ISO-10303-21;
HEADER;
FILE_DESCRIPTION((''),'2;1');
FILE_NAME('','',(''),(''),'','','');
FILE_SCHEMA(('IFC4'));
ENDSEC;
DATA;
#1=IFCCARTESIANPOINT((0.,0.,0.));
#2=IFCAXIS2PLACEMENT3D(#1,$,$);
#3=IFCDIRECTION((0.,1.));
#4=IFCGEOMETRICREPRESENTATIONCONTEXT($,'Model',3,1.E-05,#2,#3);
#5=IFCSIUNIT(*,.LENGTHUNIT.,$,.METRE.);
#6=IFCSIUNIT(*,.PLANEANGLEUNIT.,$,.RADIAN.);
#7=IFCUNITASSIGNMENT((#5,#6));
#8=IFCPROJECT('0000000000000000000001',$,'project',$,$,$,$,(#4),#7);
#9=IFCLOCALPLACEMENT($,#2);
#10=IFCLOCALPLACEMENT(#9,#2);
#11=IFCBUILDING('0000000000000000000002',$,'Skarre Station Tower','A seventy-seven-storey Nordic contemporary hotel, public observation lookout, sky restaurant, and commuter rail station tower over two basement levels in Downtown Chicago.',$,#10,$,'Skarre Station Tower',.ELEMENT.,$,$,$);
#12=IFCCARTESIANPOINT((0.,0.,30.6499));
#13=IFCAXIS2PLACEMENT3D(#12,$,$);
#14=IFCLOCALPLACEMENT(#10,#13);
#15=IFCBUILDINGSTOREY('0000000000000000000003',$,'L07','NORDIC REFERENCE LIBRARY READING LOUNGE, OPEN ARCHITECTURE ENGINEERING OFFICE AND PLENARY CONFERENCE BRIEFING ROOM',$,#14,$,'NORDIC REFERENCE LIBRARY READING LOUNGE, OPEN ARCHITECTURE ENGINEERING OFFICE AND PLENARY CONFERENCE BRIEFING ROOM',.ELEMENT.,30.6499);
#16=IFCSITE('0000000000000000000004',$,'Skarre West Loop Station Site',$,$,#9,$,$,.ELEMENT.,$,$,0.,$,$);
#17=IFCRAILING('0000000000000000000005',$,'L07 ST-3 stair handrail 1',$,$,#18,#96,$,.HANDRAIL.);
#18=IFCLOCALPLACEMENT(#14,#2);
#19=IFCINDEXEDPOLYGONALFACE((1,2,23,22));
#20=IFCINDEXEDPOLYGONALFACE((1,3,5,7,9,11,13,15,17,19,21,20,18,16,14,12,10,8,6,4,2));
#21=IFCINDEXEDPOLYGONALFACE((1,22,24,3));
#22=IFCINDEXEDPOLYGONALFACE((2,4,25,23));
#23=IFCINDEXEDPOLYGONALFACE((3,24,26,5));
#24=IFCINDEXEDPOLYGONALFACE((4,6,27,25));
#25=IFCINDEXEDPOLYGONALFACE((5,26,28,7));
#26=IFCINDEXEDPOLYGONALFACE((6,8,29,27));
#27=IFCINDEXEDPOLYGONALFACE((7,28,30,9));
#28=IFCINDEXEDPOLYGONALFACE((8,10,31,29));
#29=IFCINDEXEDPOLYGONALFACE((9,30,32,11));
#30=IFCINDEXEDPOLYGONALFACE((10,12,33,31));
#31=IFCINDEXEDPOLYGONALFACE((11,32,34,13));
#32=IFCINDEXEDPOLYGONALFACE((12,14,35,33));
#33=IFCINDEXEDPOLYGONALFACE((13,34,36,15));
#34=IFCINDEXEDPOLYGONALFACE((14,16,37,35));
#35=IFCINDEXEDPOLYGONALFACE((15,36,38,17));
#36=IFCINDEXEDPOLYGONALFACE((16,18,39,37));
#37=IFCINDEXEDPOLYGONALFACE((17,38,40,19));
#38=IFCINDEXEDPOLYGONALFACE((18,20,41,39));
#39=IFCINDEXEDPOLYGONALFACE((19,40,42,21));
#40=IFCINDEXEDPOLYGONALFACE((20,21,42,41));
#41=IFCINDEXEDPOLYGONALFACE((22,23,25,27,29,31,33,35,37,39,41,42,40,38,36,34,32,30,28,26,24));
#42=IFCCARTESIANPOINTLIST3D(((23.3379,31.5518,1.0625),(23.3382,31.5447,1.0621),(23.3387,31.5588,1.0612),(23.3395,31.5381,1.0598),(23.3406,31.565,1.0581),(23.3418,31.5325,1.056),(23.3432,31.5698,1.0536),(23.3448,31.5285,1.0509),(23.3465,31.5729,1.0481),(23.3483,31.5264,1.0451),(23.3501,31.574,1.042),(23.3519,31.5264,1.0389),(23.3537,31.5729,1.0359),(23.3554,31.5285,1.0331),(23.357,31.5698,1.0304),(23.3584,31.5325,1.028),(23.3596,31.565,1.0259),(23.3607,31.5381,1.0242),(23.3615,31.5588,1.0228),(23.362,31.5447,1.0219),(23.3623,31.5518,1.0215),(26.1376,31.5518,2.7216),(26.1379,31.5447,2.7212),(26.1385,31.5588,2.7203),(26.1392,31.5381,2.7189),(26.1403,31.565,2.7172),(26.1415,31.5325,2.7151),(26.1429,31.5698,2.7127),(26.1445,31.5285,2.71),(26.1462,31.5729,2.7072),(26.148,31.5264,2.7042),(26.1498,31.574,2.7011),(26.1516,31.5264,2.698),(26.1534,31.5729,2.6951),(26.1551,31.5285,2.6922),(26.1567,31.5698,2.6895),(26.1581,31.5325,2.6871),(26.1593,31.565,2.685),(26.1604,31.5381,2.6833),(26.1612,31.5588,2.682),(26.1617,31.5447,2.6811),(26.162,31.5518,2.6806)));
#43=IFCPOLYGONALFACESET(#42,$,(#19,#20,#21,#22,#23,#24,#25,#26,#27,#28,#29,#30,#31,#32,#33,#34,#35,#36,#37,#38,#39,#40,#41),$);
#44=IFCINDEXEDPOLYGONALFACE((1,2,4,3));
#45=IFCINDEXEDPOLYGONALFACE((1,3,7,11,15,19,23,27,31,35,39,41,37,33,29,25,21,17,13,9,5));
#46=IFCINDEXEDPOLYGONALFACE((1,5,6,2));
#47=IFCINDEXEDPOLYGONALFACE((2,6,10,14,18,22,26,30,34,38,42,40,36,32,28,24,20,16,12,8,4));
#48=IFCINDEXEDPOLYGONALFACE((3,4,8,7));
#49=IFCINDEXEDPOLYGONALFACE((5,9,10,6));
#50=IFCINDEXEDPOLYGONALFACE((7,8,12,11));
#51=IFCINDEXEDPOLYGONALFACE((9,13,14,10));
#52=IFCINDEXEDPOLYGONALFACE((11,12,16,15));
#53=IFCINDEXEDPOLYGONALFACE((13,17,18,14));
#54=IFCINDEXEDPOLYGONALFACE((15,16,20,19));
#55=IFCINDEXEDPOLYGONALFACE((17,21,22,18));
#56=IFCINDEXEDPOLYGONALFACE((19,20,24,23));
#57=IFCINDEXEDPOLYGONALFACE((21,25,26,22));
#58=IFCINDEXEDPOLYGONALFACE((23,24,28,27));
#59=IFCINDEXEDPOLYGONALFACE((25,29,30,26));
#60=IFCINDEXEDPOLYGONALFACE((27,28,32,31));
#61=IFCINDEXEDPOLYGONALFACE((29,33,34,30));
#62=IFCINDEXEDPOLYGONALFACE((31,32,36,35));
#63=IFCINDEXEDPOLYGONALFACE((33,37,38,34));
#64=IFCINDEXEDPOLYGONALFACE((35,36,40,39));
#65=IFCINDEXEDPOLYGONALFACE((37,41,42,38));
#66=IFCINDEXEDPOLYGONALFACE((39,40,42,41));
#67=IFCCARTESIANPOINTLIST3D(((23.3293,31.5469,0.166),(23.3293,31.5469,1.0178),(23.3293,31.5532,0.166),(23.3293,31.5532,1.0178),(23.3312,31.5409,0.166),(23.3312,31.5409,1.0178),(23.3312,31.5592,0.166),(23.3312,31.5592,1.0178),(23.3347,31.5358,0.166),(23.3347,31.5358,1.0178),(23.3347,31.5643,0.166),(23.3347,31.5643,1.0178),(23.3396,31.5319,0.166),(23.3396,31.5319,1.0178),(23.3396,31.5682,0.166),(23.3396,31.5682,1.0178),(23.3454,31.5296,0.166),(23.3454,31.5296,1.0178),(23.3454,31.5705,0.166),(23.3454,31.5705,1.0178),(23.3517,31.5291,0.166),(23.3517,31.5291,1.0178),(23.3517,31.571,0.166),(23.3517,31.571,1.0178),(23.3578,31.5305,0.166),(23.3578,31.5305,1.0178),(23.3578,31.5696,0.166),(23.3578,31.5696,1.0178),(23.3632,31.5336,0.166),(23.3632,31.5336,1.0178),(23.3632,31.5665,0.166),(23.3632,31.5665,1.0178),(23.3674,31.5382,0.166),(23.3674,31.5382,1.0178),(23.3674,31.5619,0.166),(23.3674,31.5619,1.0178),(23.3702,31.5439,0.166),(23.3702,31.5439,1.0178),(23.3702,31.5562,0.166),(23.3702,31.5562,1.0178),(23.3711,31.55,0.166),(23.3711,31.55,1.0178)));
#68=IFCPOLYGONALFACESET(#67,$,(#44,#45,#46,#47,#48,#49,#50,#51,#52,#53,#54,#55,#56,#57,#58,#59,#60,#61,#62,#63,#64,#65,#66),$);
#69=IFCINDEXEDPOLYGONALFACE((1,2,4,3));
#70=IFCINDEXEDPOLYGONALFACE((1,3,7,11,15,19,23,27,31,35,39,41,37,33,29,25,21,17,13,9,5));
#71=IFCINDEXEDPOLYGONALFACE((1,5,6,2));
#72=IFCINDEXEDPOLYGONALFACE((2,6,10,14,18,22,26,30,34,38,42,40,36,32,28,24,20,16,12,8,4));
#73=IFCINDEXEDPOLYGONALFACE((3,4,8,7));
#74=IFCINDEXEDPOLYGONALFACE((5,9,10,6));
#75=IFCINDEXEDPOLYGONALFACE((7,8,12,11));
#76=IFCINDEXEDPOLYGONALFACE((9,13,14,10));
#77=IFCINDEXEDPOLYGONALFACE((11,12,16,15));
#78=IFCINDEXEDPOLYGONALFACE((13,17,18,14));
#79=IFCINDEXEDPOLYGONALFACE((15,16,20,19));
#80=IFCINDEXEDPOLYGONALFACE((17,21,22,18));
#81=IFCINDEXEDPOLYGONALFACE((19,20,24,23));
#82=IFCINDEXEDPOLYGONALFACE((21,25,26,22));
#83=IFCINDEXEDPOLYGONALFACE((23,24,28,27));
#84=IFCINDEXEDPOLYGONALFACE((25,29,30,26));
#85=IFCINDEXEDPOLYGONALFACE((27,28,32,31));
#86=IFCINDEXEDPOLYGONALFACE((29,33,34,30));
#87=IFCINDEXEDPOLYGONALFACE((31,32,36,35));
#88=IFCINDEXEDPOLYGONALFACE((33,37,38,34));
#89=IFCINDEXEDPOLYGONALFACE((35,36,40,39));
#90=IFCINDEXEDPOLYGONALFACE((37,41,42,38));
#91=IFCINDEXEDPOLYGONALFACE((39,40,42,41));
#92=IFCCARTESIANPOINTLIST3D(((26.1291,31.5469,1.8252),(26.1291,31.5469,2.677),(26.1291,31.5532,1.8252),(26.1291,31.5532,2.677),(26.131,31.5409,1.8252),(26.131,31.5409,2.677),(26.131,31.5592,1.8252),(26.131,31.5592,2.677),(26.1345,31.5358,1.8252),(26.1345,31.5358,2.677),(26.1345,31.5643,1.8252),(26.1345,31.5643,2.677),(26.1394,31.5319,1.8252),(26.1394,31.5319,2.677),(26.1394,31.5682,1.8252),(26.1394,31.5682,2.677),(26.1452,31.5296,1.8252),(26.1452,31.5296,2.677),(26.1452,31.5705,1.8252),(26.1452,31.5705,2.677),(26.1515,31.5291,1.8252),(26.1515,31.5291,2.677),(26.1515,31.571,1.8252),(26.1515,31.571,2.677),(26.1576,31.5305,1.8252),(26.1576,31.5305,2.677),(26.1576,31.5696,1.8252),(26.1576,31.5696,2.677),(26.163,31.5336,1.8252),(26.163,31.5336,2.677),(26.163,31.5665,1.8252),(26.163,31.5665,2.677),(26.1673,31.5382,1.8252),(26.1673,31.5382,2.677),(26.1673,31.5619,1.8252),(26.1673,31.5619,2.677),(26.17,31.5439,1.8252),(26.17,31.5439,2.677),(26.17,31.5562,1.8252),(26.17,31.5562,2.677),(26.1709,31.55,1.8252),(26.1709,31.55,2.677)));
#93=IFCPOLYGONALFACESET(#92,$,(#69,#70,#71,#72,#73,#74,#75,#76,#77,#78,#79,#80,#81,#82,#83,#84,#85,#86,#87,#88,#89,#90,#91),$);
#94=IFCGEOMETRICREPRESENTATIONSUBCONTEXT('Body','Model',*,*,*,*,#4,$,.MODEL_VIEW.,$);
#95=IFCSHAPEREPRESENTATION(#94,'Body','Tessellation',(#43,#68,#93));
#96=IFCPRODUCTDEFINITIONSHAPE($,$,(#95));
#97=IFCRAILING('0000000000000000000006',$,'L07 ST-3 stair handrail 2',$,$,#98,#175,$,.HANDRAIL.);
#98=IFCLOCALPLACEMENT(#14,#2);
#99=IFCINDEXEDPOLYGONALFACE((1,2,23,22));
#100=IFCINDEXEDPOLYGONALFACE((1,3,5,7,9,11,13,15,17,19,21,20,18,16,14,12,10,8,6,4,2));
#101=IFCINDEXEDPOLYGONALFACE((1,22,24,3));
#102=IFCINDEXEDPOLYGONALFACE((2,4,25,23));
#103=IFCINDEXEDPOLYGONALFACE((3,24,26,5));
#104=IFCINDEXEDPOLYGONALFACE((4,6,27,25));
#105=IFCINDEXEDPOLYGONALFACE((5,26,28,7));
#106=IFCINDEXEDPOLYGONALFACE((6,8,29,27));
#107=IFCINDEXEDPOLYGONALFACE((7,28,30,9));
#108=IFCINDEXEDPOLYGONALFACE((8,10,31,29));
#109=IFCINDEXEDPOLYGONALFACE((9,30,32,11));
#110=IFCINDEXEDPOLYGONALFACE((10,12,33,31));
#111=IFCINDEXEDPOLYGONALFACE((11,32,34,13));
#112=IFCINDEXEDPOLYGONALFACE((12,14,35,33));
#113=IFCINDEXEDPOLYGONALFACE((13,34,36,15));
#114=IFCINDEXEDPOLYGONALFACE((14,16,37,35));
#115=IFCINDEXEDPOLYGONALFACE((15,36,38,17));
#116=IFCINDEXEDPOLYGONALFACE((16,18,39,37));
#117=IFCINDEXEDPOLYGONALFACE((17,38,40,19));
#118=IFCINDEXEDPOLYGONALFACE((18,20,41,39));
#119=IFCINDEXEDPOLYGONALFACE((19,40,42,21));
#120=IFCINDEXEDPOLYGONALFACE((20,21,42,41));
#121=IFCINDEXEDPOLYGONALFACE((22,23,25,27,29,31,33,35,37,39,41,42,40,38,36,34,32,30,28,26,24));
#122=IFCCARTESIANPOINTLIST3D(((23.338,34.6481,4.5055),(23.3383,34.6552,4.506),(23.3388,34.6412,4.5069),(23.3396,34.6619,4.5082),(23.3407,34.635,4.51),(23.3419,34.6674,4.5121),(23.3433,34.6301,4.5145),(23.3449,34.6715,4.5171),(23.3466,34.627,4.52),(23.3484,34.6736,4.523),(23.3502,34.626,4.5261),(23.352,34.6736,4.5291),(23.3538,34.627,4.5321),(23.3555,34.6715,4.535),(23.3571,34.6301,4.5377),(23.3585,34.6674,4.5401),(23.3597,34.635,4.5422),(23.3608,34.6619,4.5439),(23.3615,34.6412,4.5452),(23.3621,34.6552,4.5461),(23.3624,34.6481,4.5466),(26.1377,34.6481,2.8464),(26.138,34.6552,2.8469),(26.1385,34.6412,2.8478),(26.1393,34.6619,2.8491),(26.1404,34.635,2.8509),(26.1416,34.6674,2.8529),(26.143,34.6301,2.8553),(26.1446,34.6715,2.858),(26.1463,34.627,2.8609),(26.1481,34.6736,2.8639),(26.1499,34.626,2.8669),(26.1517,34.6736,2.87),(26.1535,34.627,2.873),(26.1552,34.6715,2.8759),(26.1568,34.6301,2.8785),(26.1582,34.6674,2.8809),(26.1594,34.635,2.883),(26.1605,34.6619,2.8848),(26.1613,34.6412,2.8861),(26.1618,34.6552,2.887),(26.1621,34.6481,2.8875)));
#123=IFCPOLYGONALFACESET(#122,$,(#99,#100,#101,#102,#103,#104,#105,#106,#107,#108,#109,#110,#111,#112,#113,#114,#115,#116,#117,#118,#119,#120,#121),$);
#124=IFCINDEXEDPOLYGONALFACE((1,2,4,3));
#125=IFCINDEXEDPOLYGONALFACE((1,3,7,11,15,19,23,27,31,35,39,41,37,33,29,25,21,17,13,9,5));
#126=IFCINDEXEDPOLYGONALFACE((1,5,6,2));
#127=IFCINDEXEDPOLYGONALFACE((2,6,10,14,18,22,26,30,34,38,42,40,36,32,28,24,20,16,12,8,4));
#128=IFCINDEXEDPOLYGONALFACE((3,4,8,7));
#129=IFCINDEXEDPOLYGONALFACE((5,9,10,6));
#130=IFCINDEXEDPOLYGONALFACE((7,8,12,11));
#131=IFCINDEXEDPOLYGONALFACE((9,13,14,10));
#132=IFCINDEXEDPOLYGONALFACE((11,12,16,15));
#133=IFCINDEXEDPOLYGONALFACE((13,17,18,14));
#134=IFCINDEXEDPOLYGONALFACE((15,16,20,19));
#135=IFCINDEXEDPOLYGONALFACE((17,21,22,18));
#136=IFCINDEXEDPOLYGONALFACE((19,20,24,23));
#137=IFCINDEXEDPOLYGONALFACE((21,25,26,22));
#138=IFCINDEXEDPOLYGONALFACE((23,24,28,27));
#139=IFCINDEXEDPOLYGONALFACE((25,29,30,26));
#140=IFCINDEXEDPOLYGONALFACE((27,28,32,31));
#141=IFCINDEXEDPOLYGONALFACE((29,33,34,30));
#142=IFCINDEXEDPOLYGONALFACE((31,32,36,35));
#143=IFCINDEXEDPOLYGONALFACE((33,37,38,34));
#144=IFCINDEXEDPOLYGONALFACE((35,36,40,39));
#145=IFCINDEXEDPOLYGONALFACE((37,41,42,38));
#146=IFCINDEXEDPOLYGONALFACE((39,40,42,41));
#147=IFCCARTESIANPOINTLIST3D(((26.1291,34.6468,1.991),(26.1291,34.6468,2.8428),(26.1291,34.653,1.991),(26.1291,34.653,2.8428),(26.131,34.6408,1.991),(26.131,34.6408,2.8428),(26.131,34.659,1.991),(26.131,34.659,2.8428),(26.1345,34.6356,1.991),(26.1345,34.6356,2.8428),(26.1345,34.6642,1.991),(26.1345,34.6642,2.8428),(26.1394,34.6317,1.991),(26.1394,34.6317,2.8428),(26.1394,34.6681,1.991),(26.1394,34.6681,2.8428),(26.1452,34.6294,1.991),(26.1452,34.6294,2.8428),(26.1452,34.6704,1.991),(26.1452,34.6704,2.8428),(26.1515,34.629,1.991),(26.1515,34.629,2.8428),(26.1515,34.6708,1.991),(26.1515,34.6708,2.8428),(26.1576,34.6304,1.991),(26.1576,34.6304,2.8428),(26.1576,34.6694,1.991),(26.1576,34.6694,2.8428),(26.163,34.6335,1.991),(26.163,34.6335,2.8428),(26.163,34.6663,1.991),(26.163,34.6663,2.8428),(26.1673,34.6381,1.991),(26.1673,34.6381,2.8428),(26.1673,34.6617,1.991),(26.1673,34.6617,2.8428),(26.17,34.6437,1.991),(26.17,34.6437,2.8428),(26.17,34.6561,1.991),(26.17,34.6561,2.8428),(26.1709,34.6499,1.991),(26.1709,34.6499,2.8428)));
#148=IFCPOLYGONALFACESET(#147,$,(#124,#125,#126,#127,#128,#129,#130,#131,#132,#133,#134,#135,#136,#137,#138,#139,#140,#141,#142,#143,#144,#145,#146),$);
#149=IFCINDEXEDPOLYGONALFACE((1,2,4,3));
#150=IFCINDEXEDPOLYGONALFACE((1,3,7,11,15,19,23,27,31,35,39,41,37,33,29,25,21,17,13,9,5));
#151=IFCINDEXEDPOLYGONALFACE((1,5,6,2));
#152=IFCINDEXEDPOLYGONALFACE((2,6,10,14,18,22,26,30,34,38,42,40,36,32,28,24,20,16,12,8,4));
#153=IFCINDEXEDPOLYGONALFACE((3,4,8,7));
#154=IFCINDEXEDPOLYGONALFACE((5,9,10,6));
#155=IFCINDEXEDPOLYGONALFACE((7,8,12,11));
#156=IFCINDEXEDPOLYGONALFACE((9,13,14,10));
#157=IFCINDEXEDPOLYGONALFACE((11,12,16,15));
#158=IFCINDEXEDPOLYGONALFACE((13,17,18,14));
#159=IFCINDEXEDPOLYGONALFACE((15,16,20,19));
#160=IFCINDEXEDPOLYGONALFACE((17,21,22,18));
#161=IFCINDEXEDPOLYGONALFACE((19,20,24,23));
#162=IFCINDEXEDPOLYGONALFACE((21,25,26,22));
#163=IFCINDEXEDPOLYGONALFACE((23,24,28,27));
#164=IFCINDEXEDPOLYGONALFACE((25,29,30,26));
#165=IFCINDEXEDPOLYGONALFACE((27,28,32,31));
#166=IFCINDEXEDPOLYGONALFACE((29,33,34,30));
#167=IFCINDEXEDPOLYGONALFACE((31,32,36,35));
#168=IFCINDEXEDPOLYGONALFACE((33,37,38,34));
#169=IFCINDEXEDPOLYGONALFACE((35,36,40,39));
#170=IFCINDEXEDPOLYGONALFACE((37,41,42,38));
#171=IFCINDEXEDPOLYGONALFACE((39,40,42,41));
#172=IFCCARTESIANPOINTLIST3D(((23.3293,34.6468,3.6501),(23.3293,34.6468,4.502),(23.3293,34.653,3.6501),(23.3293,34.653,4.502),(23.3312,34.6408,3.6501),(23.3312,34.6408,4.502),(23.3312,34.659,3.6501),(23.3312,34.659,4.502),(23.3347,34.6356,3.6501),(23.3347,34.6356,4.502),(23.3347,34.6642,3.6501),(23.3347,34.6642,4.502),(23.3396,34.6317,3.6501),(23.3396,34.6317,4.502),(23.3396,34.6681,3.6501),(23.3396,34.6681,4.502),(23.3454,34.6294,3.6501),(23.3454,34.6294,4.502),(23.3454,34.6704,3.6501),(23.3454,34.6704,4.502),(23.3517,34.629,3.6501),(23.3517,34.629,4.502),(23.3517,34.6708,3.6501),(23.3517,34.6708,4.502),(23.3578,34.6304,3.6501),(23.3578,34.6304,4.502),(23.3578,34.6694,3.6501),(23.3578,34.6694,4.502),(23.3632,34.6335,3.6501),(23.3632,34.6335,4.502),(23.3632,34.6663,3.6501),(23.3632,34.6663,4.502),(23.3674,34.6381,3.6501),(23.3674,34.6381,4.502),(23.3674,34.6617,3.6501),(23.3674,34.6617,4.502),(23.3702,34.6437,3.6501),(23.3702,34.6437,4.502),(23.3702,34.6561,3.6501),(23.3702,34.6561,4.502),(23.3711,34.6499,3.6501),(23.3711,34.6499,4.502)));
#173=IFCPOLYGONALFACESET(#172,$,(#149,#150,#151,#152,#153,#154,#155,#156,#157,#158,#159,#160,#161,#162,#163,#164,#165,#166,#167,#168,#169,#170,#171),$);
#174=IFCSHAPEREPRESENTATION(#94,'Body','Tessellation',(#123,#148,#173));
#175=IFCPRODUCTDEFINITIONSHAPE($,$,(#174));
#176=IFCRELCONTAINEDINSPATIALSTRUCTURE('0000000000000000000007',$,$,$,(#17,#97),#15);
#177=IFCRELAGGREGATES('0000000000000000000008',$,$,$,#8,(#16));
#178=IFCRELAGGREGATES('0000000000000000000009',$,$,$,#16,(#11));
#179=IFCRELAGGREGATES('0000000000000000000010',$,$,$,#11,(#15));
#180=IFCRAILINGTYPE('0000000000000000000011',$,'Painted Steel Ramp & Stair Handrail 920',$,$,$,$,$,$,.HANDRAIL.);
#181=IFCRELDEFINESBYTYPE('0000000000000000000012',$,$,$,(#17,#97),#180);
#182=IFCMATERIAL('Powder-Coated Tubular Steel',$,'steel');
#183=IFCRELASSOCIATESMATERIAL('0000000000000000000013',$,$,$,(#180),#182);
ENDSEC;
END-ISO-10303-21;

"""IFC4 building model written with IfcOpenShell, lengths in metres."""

from ifc_helpers import new_model, si_unit, direction, frame, origin, origin_2d, place, context, subcontext, project, spatial, circle, extrude, material, type_object, element, save


model = new_model("IFC4")

# Units and contexts
model_context = context("Model", 3, precision=1e-05, world=origin(), true_north=direction((0.0, 1.0)))
body_context = subcontext(model_context, "Body", "Model", "MODEL_VIEW")
ifc_project = project(units=[si_unit("LENGTHUNIT", "METRE"), si_unit("PLANEANGLEUNIT", "RADIAN")], contexts=[model_context])

# Site, building, storey
site_placement = place(None, origin())
site = spatial("IfcSite", under=ifc_project, at=site_placement, Name="Skarre West Loop Station Site", CompositionType="ELEMENT", RefElevation=0.0)
building_placement = place(site_placement, origin())
building = spatial("IfcBuilding", under=site, at=building_placement, Name="Skarre Station Tower", Description="A seventy-seven-storey Nordic contemporary hotel, public observation lookout, sky restaurant, and commuter rail station tower over two basement levels in Downtown Chicago.", LongName="Skarre Station Tower", CompositionType="ELEMENT")
storey_placement = place(building_placement, frame((0.0, 0.0, 30.6499)))
storey = spatial("IfcBuildingStorey", under=building, at=storey_placement, Name="L07", Description="NORDIC REFERENCE LIBRARY READING LOUNGE, OPEN ARCHITECTURE ENGINEERING OFFICE AND PLENARY CONFERENCE BRIEFING ROOM", LongName="NORDIC REFERENCE LIBRARY READING LOUNGE, OPEN ARCHITECTURE ENGINEERING OFFICE AND PLENARY CONFERENCE BRIEFING ROOM", CompositionType="ELEMENT", Elevation=30.6499)

# Railings
ifc_material_1 = material(Name="Powder-Coated Tubular Steel", Category="steel")
railing_type_1 = type_object("IfcRailingType", Name="Painted Steel Ramp & Stair Handrail 920", PredefinedType="HANDRAIL", material=ifc_material_1)
railing_1_placement = place(storey_placement, frame((23.3501, 31.55, 0.166)))
element("IfcRailing", 1, at=railing_1_placement, inside=storey, type_object=railing_type_1, Name="L07 ST-3 stair handrail 1", PredefinedType="HANDRAIL", context=body_context, shape_type="SweptSolid", body=[
    extrude(circle(Radius=0.0239, at=origin_2d()), frame((0.0, 0.0, 0.876), z_axis=(0.860287, 0.0, 0.509811), x_axis=(0.0, 1.0, 0.0)), (0.0, 0.0, 1.0), 3.2544),
    extrude(circle(Radius=0.021, at=origin_2d()), origin(), (0.0, 0.0, 1.0), 0.8518),
    extrude(circle(Radius=0.021, at=origin_2d()), frame((2.7998, 0.0, 1.6592)), (0.0, 0.0, 1.0), 0.8518),
])
railing_2_placement = place(storey_placement, frame((26.1499, 34.6499, 1.991)))
element("IfcRailing", 2, at=railing_2_placement, inside=storey, type_object=railing_type_1, Name="L07 ST-3 stair handrail 2", PredefinedType="HANDRAIL", context=body_context, shape_type="SweptSolid", body=[
    extrude(circle(Radius=0.0239, at=origin_2d()), frame((0.0, 0.0, 0.876), z_axis=(-0.860287, 0.0, 0.509811), x_axis=(0.0, -1.0, 0.0)), (0.0, 0.0, 1.0), 3.2544),
    extrude(circle(Radius=0.021, at=origin_2d()), origin(), (0.0, 0.0, 1.0), 0.8518),
    extrude(circle(Radius=0.021, at=origin_2d()), frame((-2.7998, 0.0, 1.6592)), (0.0, 0.0, 1.0), 0.8518),
])

save(model, "model.ifc")
